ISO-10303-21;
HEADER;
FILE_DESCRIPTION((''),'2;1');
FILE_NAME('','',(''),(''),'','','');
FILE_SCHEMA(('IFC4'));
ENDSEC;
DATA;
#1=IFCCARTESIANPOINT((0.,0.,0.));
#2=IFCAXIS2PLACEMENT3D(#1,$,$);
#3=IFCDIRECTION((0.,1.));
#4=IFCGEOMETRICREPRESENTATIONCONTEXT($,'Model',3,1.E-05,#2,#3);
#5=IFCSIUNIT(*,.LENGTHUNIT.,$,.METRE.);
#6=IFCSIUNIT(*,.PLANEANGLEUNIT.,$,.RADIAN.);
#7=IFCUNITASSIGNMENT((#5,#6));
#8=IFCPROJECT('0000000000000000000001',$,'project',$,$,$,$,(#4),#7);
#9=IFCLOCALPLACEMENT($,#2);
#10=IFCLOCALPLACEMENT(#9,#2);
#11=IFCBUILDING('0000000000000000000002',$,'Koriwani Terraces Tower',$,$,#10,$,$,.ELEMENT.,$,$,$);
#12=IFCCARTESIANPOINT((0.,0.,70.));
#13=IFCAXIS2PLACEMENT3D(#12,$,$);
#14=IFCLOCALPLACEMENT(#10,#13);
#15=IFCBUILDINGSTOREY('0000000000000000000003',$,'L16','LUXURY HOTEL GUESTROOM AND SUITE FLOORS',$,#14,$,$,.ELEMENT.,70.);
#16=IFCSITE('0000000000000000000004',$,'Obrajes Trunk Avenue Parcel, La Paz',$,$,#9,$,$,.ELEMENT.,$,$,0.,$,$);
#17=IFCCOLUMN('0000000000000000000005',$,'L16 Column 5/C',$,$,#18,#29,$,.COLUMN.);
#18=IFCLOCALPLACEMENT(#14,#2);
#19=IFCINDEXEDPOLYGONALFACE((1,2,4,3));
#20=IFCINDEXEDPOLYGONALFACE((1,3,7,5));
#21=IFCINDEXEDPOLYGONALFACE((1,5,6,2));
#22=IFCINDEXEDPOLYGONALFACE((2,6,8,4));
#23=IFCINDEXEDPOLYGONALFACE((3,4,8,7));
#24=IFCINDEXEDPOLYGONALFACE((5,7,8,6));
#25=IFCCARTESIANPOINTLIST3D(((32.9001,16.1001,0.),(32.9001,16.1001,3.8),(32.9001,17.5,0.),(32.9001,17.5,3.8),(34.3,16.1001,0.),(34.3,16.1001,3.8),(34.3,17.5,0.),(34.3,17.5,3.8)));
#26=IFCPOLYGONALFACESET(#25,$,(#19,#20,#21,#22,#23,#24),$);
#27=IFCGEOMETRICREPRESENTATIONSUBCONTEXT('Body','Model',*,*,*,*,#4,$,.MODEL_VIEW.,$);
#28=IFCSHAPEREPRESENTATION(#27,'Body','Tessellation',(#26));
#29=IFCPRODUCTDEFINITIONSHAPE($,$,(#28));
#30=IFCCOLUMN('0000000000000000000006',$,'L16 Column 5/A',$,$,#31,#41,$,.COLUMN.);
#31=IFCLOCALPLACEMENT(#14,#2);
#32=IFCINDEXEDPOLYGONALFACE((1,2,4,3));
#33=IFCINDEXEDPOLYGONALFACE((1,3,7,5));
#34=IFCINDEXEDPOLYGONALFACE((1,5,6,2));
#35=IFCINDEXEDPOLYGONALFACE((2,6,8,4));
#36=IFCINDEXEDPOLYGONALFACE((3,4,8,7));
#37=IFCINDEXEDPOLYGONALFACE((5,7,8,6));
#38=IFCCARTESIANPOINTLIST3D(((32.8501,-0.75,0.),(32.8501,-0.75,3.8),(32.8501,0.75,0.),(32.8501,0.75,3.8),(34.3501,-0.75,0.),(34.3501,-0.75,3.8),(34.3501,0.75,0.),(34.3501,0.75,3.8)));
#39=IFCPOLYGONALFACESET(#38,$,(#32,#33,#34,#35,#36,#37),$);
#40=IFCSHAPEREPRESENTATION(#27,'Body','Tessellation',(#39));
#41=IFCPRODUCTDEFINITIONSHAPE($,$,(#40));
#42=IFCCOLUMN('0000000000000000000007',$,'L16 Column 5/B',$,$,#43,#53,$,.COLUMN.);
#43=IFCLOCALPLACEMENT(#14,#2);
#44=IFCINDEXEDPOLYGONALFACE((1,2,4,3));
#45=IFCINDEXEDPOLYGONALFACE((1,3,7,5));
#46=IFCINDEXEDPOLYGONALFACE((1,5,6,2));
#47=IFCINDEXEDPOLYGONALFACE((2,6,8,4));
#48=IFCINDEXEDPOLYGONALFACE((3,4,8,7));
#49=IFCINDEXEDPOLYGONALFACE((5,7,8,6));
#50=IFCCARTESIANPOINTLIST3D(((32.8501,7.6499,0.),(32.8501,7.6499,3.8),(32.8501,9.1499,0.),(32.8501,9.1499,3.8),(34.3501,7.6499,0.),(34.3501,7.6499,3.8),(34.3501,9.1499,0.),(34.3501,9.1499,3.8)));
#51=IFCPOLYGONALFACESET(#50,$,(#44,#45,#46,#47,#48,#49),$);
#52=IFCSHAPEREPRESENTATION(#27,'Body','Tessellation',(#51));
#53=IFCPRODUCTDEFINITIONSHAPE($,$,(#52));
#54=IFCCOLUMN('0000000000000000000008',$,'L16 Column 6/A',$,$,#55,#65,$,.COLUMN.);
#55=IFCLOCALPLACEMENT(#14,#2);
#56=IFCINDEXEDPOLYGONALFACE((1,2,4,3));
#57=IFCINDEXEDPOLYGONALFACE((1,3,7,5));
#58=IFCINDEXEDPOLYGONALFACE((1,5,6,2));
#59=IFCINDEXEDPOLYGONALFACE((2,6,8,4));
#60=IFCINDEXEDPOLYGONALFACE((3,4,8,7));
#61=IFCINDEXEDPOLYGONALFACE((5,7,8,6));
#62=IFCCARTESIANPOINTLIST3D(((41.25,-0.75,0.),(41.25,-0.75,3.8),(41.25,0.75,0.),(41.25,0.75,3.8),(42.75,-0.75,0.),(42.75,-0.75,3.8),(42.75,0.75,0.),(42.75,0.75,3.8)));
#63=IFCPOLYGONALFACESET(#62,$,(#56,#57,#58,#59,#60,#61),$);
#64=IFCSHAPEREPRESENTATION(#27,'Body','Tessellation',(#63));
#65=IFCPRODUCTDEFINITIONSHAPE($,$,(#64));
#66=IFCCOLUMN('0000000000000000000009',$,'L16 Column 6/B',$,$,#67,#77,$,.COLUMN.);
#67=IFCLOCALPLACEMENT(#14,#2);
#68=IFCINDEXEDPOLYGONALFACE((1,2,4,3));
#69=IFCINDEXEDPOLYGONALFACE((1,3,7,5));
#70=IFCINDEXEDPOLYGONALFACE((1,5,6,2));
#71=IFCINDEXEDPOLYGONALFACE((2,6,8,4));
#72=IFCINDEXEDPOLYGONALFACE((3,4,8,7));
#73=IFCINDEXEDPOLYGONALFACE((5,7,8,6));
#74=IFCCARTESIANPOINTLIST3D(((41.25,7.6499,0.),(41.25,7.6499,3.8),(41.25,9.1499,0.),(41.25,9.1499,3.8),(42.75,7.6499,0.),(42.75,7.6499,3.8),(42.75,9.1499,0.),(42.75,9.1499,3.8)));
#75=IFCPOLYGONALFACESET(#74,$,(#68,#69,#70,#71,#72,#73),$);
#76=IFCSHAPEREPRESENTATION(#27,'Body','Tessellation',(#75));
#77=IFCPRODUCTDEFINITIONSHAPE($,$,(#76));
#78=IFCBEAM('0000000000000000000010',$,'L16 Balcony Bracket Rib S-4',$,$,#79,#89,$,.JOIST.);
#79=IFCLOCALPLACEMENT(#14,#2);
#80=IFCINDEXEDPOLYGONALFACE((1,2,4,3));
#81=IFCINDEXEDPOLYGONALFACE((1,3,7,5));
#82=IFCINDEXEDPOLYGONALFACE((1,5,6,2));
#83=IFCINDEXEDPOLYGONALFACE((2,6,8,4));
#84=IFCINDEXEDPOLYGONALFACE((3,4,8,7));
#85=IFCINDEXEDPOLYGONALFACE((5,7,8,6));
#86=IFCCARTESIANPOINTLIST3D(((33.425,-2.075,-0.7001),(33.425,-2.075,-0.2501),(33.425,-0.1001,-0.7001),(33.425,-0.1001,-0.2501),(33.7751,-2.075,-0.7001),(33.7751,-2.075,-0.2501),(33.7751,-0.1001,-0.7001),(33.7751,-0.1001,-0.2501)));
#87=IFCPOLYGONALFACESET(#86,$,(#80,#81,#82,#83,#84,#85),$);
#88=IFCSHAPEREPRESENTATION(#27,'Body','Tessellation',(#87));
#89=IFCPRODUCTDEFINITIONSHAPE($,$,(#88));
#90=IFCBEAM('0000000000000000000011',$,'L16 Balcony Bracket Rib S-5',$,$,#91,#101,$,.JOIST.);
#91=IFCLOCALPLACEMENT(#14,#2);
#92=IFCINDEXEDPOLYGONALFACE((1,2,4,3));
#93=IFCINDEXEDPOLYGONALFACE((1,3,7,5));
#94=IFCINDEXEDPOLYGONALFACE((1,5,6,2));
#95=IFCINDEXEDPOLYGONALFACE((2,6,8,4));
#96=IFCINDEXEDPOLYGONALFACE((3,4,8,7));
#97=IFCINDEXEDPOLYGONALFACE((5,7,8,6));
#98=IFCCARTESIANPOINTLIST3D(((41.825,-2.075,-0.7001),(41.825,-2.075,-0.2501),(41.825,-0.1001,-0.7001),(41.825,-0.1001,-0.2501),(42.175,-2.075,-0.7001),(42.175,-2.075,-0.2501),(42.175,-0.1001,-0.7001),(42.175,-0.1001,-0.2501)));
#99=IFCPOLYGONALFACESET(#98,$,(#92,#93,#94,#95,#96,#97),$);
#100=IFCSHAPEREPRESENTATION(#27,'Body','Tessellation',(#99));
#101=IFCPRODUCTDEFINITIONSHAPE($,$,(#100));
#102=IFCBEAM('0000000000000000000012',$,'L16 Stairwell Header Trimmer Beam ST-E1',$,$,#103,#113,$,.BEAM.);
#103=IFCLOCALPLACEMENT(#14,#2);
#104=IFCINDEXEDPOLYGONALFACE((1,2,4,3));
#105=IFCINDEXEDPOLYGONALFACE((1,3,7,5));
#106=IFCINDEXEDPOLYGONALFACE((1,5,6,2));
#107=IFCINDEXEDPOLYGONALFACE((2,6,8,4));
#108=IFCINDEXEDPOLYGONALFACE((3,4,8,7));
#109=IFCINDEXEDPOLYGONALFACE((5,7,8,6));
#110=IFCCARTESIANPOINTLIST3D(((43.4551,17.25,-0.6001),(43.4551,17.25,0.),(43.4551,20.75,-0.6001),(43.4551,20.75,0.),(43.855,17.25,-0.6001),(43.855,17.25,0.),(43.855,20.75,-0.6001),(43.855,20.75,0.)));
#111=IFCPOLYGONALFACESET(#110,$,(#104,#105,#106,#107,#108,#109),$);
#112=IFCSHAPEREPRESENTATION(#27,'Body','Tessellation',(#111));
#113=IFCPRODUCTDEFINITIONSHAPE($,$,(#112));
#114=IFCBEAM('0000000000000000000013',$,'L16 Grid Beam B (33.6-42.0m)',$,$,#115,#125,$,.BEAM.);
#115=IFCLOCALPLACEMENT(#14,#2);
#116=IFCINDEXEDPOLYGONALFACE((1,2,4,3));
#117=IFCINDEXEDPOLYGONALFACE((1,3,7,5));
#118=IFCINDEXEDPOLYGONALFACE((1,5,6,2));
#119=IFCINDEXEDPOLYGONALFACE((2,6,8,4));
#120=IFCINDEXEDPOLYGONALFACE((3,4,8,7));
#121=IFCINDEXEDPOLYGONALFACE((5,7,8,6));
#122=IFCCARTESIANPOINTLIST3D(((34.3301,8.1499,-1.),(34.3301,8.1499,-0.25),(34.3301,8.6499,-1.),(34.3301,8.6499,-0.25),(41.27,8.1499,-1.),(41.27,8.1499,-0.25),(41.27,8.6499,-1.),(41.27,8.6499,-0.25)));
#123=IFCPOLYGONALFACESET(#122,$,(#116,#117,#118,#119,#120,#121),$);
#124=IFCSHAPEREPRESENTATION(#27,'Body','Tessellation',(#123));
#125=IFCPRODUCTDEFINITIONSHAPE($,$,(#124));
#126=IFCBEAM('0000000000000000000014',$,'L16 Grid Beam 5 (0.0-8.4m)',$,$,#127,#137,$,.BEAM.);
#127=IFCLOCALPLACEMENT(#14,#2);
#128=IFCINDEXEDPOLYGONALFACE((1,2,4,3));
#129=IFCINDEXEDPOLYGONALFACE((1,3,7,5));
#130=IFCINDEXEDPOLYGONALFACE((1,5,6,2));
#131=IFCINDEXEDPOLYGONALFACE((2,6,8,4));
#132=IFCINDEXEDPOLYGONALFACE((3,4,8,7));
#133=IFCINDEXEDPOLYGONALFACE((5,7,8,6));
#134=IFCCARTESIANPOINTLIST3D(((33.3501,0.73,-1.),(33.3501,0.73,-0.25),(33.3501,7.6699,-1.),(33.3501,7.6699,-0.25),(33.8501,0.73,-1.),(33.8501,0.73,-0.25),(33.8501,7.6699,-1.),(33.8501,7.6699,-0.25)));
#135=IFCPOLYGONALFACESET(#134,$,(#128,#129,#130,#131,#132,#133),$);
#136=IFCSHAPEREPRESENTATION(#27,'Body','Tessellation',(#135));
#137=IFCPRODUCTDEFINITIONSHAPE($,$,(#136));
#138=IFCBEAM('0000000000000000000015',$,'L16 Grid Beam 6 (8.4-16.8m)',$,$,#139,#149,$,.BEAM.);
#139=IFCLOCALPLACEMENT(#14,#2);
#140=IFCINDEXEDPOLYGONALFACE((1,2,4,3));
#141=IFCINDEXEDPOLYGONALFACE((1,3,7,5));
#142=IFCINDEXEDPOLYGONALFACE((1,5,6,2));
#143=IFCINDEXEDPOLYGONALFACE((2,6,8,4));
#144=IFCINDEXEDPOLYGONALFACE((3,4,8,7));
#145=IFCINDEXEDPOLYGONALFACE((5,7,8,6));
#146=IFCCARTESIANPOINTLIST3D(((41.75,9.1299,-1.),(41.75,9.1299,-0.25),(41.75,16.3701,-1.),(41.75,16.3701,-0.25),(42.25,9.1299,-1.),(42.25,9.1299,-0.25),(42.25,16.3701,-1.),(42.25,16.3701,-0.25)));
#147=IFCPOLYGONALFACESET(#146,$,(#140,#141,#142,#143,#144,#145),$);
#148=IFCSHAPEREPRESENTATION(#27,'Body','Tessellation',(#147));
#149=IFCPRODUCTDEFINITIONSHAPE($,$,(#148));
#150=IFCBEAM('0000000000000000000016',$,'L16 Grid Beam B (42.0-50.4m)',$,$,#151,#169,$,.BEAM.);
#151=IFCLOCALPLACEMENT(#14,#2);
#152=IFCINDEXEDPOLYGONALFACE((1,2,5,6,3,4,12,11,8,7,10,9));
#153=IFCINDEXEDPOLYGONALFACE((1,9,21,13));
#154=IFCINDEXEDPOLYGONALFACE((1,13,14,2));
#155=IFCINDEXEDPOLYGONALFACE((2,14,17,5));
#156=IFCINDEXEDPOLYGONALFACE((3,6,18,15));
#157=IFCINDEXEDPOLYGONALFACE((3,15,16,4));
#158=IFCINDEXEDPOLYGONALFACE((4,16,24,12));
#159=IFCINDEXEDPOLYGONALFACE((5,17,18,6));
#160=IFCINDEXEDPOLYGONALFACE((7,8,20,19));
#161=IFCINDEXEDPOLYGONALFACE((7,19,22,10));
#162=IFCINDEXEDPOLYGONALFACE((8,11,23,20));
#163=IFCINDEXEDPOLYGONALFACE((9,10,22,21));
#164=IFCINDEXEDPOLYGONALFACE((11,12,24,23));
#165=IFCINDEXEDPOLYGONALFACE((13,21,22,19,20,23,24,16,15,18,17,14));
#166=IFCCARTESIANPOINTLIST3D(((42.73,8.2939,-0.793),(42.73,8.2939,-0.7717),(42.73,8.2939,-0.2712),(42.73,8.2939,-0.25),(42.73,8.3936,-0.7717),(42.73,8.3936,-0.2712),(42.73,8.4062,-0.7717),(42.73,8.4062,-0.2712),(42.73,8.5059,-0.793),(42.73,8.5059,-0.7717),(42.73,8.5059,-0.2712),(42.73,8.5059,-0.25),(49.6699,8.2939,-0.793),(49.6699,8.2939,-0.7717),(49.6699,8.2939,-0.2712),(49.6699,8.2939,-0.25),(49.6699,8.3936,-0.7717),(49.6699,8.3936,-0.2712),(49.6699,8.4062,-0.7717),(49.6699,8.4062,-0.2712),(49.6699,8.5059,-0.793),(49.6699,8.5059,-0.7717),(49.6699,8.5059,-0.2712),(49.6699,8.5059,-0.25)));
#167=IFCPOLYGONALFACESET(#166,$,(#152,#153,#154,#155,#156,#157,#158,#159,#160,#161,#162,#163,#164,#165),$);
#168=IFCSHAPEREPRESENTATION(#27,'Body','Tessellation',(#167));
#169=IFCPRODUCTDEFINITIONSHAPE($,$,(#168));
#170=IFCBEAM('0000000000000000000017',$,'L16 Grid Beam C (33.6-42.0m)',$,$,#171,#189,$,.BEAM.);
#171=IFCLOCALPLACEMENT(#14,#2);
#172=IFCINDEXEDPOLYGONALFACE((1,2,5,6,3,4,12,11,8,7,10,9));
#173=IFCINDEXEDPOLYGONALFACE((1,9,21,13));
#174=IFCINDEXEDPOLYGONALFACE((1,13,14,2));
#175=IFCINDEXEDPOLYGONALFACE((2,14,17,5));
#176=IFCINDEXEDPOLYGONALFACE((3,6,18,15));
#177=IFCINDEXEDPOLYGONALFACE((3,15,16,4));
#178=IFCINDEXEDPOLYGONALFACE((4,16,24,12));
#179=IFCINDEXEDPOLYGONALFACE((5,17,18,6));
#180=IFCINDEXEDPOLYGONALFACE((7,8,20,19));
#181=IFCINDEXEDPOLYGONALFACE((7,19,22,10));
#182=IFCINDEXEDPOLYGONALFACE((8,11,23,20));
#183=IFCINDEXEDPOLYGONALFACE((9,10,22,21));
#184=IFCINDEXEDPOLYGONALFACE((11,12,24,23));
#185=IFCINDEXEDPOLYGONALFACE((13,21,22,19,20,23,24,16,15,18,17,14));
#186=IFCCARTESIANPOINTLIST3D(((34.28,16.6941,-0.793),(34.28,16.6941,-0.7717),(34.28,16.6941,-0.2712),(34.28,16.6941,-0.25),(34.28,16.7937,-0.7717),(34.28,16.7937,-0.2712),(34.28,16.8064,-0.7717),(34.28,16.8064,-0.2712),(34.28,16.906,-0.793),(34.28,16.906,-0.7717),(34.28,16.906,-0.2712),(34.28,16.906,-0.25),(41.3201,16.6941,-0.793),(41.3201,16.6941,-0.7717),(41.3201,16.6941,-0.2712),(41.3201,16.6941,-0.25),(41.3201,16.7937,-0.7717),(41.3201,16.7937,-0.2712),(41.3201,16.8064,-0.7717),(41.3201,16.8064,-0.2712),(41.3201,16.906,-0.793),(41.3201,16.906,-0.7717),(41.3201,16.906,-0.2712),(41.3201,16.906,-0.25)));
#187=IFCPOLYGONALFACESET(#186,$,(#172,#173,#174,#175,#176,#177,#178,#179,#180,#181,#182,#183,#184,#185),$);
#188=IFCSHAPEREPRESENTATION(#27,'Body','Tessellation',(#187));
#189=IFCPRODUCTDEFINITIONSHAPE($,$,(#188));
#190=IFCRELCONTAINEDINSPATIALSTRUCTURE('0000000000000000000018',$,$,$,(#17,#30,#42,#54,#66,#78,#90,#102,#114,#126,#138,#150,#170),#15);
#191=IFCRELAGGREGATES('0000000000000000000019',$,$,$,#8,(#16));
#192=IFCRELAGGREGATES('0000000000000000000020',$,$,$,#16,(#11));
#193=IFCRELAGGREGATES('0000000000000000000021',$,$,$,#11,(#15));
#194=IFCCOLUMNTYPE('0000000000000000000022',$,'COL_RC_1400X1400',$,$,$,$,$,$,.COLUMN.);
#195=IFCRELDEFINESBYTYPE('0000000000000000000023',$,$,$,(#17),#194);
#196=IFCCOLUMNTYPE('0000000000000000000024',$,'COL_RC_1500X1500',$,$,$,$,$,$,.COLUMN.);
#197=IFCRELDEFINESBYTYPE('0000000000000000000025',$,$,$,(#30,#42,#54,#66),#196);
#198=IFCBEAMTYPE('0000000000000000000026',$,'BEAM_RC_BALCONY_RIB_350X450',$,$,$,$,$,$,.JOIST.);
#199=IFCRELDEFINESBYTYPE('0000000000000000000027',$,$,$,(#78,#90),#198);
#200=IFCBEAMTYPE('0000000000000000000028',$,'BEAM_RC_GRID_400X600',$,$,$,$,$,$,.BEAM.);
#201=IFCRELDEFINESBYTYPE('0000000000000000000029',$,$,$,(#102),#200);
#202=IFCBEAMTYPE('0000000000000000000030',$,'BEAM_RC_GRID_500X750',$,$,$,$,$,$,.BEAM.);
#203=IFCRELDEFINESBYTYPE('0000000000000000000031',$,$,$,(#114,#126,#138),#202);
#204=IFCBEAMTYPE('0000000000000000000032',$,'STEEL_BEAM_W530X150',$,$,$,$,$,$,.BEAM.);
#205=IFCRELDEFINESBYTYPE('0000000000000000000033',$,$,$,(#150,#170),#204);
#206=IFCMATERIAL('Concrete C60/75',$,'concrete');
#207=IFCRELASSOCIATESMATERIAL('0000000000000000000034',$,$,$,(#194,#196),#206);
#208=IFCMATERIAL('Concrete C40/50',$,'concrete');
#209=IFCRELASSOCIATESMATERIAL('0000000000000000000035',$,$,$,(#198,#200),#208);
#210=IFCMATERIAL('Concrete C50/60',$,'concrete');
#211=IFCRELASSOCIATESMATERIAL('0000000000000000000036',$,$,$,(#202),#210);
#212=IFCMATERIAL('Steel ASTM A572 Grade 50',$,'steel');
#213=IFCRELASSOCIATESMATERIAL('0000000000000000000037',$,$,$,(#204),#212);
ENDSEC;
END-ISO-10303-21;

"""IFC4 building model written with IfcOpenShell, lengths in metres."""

from ifc_helpers import new_model, si_unit, direction, frame, origin, origin_2d, place, context, subcontext, project, spatial, rectangle, i_section, extrude, material, material_profile, profile_set, type_object, element, save


model = new_model("IFC4")

# Units and contexts
model_context = context("Model", 3, precision=1e-05, world=origin(), true_north=direction((0.0, 1.0)))
body_context = subcontext(model_context, "Body", "Model", "MODEL_VIEW")
ifc_project = project(units=[si_unit("LENGTHUNIT", "METRE"), si_unit("PLANEANGLEUNIT", "RADIAN")], contexts=[model_context])

# Site, building, storey
site_placement = place(None, origin())
site = spatial("IfcSite", under=ifc_project, at=site_placement, Name="Obrajes Trunk Avenue Parcel, La Paz", CompositionType="ELEMENT", RefElevation=0.0)
building_placement = place(site_placement, origin())
building = spatial("IfcBuilding", under=site, at=building_placement, Name="Koriwani Terraces Tower", CompositionType="ELEMENT")
storey_placement = place(building_placement, frame((0.0, 0.0, 70.0)))
storey = spatial("IfcBuildingStorey", under=building, at=storey_placement, Name="L16", Description="LUXURY HOTEL GUESTROOM AND SUITE FLOORS", CompositionType="ELEMENT", Elevation=70.0)

# Columns
ifc_material_1 = material(Name="Concrete C60/75", Category="concrete")
ifc_material_profile_1 = material_profile(ifc_material_1, rectangle(XDim=1.3999, YDim=1.3999, at=origin_2d()), Name="Concrete C60/75", Category="LoadBearing")
ifc_profile_set_1 = profile_set([ifc_material_profile_1], Name="Concrete C60/75")
column_type_1 = type_object("IfcColumnType", Name="COL_RC_1400X1400", PredefinedType="COLUMN", material=ifc_profile_set_1)
column_placement = place(storey_placement, frame((33.6001, 16.8, 0.0), z_axis=(0.0, 0.0, 1.0), x_axis=(1.0, 0.0, 0.0)))
element("IfcColumn", 1, at=column_placement, inside=storey, type_object=column_type_1, Name="L16 Column 5/C", PredefinedType="COLUMN", context=body_context, shape_type="SweptSolid", body=[
    extrude(rectangle(XDim=1.3999, YDim=1.3999, at=origin_2d()), origin(), (0.0, 0.0, 1.0), 3.8),
])
ifc_material_profile_2 = material_profile(ifc_material_1, rectangle(XDim=1.5, YDim=1.5, at=origin_2d()), Name="Concrete C60/75", Category="LoadBearing")
ifc_profile_set_2 = profile_set([ifc_material_profile_2], Name="Concrete C60/75")
column_type_2 = type_object("IfcColumnType", Name="COL_RC_1500X1500", PredefinedType="COLUMN", material=ifc_profile_set_2)
for number, where, z_axis, x_axis, name in (
    (2, (33.6001, 0.0, 0.0), (0.0, 0.0, 1.0), (1.0, 0.0, 0.0), "L16 Column 5/A"),
    (3, (33.6001, 8.3999, 0.0), (0.0, 0.0, 1.0), (1.0, 0.0, 0.0), "L16 Column 5/B"),
    (4, (42.0, 0.0, 0.0), (0.0, 0.0, 1.0), (1.0, 0.0, 0.0), "L16 Column 6/A"),
    (5, (42.0, 8.3999, 0.0), (0.0, 0.0, 1.0), (1.0, 0.0, 0.0), "L16 Column 6/B"),
):
    element("IfcColumn", number, at=place(storey_placement, frame(where, z_axis=z_axis, x_axis=x_axis)), inside=storey, type_object=column_type_2, Name=name, PredefinedType="COLUMN", context=body_context, shape_type="SweptSolid", body=[
        extrude(rectangle(XDim=1.5, YDim=1.5, at=origin_2d()), origin(), (0.0, 0.0, 1.0), 3.8),
    ])

# Beams
ifc_material_2 = material(Name="Concrete C40/50", Category="concrete")
ifc_material_profile_3 = material_profile(ifc_material_2, rectangle(XDim=0.3501, YDim=0.45, at=origin_2d()), Name="Concrete C40/50", Category="LoadBearing")
ifc_profile_set_3 = profile_set([ifc_material_profile_3], Name="Concrete C40/50")
beam_type_1 = type_object("IfcBeamType", Name="BEAM_RC_BALCONY_RIB_350X450", PredefinedType="JOIST", material=ifc_profile_set_3)
for number, where, z_axis, x_axis, name in (
    (6, (33.6001, -2.075, -0.4751), (0.0, 1.0, 0.0), (-1.0, 0.0, 0.0), "L16 Balcony Bracket Rib S-4"),
    (7, (42.0, -2.075, -0.4751), (0.0, 1.0, 0.0), (-1.0, 0.0, 0.0), "L16 Balcony Bracket Rib S-5"),
):
    element("IfcBeam", number, at=place(storey_placement, frame(where, z_axis=z_axis, x_axis=x_axis)), inside=storey, type_object=beam_type_1, Name=name, PredefinedType="JOIST", context=body_context, shape_type="SweptSolid", body=[
        extrude(rectangle(XDim=0.3501, YDim=0.45, at=origin_2d()), origin(), (0.0, 0.0, 1.0), 1.9749),
    ])
ifc_material_profile_4 = material_profile(ifc_material_2, rectangle(XDim=0.3999, YDim=0.6001, at=origin_2d()), Name="Concrete C40/50", Category="LoadBearing")
ifc_profile_set_4 = profile_set([ifc_material_profile_4], Name="Concrete C40/50")
beam_type_2 = type_object("IfcBeamType", Name="BEAM_RC_GRID_400X600", PredefinedType="BEAM", material=ifc_profile_set_4)
beam_1_placement = place(storey_placement, frame((43.655, 17.25, -0.3), z_axis=(0.0, 1.0, 0.0), x_axis=(-1.0, 0.0, 0.0)))
element("IfcBeam", 8, at=beam_1_placement, inside=storey, type_object=beam_type_2, Name="L16 Stairwell Header Trimmer Beam ST-E1", PredefinedType="BEAM", context=body_context, shape_type="SweptSolid", body=[
    extrude(rectangle(XDim=0.3999, YDim=0.6001, at=origin_2d()), origin(), (0.0, 0.0, 1.0), 3.5),
])
ifc_material_3 = material(Name="Concrete C50/60", Category="concrete")
ifc_material_profile_5 = material_profile(ifc_material_3, rectangle(XDim=0.5, YDim=0.75, at=origin_2d()), Name="Concrete C50/60", Category="LoadBearing")
ifc_profile_set_5 = profile_set([ifc_material_profile_5], Name="Concrete C50/60")
beam_type_3 = type_object("IfcBeamType", Name="BEAM_RC_GRID_500X750", PredefinedType="BEAM", material=ifc_profile_set_5)
for number, where, z_axis, x_axis, name in (
    (9, (34.3301, 8.3999, -0.625), (1.0, 0.0, 0.0), (0.0, 1.0, 0.0), "L16 Grid Beam B (33.6-42.0m)"),
    (10, (33.6001, 0.73, -0.625), (0.0, 1.0, 0.0), (-1.0, 0.0, 0.0), "L16 Grid Beam 5 (0.0-8.4m)"),
):
    element("IfcBeam", number, at=place(storey_placement, frame(where, z_axis=z_axis, x_axis=x_axis)), inside=storey, type_object=beam_type_3, Name=name, PredefinedType="BEAM", context=body_context, shape_type="SweptSolid", body=[
        extrude(rectangle(XDim=0.5, YDim=0.75, at=origin_2d()), origin(), (0.0, 0.0, 1.0), 6.9399),
    ])
beam_2_placement = place(storey_placement, frame((42.0, 9.1299, -0.625), z_axis=(0.0, 1.0, 0.0), x_axis=(-1.0, 0.0, 0.0)))
element("IfcBeam", 11, at=beam_2_placement, inside=storey, type_object=beam_type_3, Name="L16 Grid Beam 6 (8.4-16.8m)", PredefinedType="BEAM", context=body_context, shape_type="SweptSolid", body=[
    extrude(rectangle(XDim=0.5, YDim=0.75, at=origin_2d()), origin(), (0.0, 0.0, 1.0), 7.2402),
])
ifc_material_4 = material(Name="Steel ASTM A572 Grade 50", Category="steel")
ifc_material_profile_6 = material_profile(ifc_material_4, i_section(OverallWidth=0.2119, OverallDepth=0.543, WebThickness=0.0127, FlangeThickness=0.0212, at=origin_2d()), Name="Steel ASTM A572 Grade 50", Category="LoadBearing")
ifc_profile_set_6 = profile_set([ifc_material_profile_6], Name="Steel ASTM A572 Grade 50")
beam_type_4 = type_object("IfcBeamType", Name="STEEL_BEAM_W530X150", PredefinedType="BEAM", material=ifc_profile_set_6)
beam_3_placement = place(storey_placement, frame((42.73, 8.3999, -0.5215), z_axis=(1.0, 0.0, 0.0), x_axis=(0.0, 1.0, 0.0)))
element("IfcBeam", 12, at=beam_3_placement, inside=storey, type_object=beam_type_4, Name="L16 Grid Beam B (42.0-50.4m)", PredefinedType="BEAM", context=body_context, shape_type="SweptSolid", body=[
    extrude(i_section(OverallWidth=0.2119, OverallDepth=0.543, WebThickness=0.0127, FlangeThickness=0.0212, at=origin_2d()), origin(), (0.0, 0.0, 1.0), 6.9399),
])
beam_4_placement = place(storey_placement, frame((34.28, 16.8, -0.5215), z_axis=(1.0, 0.0, 0.0), x_axis=(0.0, 1.0, 0.0)))
element("IfcBeam", 13, at=beam_4_placement, inside=storey, type_object=beam_type_4, Name="L16 Grid Beam C (33.6-42.0m)", PredefinedType="BEAM", context=body_context, shape_type="SweptSolid", body=[
    extrude(i_section(OverallWidth=0.2119, OverallDepth=0.543, WebThickness=0.0127, FlangeThickness=0.0212, at=origin_2d()), origin(), (0.0, 0.0, 1.0), 7.04),
])

save(model, "model.ifc")
